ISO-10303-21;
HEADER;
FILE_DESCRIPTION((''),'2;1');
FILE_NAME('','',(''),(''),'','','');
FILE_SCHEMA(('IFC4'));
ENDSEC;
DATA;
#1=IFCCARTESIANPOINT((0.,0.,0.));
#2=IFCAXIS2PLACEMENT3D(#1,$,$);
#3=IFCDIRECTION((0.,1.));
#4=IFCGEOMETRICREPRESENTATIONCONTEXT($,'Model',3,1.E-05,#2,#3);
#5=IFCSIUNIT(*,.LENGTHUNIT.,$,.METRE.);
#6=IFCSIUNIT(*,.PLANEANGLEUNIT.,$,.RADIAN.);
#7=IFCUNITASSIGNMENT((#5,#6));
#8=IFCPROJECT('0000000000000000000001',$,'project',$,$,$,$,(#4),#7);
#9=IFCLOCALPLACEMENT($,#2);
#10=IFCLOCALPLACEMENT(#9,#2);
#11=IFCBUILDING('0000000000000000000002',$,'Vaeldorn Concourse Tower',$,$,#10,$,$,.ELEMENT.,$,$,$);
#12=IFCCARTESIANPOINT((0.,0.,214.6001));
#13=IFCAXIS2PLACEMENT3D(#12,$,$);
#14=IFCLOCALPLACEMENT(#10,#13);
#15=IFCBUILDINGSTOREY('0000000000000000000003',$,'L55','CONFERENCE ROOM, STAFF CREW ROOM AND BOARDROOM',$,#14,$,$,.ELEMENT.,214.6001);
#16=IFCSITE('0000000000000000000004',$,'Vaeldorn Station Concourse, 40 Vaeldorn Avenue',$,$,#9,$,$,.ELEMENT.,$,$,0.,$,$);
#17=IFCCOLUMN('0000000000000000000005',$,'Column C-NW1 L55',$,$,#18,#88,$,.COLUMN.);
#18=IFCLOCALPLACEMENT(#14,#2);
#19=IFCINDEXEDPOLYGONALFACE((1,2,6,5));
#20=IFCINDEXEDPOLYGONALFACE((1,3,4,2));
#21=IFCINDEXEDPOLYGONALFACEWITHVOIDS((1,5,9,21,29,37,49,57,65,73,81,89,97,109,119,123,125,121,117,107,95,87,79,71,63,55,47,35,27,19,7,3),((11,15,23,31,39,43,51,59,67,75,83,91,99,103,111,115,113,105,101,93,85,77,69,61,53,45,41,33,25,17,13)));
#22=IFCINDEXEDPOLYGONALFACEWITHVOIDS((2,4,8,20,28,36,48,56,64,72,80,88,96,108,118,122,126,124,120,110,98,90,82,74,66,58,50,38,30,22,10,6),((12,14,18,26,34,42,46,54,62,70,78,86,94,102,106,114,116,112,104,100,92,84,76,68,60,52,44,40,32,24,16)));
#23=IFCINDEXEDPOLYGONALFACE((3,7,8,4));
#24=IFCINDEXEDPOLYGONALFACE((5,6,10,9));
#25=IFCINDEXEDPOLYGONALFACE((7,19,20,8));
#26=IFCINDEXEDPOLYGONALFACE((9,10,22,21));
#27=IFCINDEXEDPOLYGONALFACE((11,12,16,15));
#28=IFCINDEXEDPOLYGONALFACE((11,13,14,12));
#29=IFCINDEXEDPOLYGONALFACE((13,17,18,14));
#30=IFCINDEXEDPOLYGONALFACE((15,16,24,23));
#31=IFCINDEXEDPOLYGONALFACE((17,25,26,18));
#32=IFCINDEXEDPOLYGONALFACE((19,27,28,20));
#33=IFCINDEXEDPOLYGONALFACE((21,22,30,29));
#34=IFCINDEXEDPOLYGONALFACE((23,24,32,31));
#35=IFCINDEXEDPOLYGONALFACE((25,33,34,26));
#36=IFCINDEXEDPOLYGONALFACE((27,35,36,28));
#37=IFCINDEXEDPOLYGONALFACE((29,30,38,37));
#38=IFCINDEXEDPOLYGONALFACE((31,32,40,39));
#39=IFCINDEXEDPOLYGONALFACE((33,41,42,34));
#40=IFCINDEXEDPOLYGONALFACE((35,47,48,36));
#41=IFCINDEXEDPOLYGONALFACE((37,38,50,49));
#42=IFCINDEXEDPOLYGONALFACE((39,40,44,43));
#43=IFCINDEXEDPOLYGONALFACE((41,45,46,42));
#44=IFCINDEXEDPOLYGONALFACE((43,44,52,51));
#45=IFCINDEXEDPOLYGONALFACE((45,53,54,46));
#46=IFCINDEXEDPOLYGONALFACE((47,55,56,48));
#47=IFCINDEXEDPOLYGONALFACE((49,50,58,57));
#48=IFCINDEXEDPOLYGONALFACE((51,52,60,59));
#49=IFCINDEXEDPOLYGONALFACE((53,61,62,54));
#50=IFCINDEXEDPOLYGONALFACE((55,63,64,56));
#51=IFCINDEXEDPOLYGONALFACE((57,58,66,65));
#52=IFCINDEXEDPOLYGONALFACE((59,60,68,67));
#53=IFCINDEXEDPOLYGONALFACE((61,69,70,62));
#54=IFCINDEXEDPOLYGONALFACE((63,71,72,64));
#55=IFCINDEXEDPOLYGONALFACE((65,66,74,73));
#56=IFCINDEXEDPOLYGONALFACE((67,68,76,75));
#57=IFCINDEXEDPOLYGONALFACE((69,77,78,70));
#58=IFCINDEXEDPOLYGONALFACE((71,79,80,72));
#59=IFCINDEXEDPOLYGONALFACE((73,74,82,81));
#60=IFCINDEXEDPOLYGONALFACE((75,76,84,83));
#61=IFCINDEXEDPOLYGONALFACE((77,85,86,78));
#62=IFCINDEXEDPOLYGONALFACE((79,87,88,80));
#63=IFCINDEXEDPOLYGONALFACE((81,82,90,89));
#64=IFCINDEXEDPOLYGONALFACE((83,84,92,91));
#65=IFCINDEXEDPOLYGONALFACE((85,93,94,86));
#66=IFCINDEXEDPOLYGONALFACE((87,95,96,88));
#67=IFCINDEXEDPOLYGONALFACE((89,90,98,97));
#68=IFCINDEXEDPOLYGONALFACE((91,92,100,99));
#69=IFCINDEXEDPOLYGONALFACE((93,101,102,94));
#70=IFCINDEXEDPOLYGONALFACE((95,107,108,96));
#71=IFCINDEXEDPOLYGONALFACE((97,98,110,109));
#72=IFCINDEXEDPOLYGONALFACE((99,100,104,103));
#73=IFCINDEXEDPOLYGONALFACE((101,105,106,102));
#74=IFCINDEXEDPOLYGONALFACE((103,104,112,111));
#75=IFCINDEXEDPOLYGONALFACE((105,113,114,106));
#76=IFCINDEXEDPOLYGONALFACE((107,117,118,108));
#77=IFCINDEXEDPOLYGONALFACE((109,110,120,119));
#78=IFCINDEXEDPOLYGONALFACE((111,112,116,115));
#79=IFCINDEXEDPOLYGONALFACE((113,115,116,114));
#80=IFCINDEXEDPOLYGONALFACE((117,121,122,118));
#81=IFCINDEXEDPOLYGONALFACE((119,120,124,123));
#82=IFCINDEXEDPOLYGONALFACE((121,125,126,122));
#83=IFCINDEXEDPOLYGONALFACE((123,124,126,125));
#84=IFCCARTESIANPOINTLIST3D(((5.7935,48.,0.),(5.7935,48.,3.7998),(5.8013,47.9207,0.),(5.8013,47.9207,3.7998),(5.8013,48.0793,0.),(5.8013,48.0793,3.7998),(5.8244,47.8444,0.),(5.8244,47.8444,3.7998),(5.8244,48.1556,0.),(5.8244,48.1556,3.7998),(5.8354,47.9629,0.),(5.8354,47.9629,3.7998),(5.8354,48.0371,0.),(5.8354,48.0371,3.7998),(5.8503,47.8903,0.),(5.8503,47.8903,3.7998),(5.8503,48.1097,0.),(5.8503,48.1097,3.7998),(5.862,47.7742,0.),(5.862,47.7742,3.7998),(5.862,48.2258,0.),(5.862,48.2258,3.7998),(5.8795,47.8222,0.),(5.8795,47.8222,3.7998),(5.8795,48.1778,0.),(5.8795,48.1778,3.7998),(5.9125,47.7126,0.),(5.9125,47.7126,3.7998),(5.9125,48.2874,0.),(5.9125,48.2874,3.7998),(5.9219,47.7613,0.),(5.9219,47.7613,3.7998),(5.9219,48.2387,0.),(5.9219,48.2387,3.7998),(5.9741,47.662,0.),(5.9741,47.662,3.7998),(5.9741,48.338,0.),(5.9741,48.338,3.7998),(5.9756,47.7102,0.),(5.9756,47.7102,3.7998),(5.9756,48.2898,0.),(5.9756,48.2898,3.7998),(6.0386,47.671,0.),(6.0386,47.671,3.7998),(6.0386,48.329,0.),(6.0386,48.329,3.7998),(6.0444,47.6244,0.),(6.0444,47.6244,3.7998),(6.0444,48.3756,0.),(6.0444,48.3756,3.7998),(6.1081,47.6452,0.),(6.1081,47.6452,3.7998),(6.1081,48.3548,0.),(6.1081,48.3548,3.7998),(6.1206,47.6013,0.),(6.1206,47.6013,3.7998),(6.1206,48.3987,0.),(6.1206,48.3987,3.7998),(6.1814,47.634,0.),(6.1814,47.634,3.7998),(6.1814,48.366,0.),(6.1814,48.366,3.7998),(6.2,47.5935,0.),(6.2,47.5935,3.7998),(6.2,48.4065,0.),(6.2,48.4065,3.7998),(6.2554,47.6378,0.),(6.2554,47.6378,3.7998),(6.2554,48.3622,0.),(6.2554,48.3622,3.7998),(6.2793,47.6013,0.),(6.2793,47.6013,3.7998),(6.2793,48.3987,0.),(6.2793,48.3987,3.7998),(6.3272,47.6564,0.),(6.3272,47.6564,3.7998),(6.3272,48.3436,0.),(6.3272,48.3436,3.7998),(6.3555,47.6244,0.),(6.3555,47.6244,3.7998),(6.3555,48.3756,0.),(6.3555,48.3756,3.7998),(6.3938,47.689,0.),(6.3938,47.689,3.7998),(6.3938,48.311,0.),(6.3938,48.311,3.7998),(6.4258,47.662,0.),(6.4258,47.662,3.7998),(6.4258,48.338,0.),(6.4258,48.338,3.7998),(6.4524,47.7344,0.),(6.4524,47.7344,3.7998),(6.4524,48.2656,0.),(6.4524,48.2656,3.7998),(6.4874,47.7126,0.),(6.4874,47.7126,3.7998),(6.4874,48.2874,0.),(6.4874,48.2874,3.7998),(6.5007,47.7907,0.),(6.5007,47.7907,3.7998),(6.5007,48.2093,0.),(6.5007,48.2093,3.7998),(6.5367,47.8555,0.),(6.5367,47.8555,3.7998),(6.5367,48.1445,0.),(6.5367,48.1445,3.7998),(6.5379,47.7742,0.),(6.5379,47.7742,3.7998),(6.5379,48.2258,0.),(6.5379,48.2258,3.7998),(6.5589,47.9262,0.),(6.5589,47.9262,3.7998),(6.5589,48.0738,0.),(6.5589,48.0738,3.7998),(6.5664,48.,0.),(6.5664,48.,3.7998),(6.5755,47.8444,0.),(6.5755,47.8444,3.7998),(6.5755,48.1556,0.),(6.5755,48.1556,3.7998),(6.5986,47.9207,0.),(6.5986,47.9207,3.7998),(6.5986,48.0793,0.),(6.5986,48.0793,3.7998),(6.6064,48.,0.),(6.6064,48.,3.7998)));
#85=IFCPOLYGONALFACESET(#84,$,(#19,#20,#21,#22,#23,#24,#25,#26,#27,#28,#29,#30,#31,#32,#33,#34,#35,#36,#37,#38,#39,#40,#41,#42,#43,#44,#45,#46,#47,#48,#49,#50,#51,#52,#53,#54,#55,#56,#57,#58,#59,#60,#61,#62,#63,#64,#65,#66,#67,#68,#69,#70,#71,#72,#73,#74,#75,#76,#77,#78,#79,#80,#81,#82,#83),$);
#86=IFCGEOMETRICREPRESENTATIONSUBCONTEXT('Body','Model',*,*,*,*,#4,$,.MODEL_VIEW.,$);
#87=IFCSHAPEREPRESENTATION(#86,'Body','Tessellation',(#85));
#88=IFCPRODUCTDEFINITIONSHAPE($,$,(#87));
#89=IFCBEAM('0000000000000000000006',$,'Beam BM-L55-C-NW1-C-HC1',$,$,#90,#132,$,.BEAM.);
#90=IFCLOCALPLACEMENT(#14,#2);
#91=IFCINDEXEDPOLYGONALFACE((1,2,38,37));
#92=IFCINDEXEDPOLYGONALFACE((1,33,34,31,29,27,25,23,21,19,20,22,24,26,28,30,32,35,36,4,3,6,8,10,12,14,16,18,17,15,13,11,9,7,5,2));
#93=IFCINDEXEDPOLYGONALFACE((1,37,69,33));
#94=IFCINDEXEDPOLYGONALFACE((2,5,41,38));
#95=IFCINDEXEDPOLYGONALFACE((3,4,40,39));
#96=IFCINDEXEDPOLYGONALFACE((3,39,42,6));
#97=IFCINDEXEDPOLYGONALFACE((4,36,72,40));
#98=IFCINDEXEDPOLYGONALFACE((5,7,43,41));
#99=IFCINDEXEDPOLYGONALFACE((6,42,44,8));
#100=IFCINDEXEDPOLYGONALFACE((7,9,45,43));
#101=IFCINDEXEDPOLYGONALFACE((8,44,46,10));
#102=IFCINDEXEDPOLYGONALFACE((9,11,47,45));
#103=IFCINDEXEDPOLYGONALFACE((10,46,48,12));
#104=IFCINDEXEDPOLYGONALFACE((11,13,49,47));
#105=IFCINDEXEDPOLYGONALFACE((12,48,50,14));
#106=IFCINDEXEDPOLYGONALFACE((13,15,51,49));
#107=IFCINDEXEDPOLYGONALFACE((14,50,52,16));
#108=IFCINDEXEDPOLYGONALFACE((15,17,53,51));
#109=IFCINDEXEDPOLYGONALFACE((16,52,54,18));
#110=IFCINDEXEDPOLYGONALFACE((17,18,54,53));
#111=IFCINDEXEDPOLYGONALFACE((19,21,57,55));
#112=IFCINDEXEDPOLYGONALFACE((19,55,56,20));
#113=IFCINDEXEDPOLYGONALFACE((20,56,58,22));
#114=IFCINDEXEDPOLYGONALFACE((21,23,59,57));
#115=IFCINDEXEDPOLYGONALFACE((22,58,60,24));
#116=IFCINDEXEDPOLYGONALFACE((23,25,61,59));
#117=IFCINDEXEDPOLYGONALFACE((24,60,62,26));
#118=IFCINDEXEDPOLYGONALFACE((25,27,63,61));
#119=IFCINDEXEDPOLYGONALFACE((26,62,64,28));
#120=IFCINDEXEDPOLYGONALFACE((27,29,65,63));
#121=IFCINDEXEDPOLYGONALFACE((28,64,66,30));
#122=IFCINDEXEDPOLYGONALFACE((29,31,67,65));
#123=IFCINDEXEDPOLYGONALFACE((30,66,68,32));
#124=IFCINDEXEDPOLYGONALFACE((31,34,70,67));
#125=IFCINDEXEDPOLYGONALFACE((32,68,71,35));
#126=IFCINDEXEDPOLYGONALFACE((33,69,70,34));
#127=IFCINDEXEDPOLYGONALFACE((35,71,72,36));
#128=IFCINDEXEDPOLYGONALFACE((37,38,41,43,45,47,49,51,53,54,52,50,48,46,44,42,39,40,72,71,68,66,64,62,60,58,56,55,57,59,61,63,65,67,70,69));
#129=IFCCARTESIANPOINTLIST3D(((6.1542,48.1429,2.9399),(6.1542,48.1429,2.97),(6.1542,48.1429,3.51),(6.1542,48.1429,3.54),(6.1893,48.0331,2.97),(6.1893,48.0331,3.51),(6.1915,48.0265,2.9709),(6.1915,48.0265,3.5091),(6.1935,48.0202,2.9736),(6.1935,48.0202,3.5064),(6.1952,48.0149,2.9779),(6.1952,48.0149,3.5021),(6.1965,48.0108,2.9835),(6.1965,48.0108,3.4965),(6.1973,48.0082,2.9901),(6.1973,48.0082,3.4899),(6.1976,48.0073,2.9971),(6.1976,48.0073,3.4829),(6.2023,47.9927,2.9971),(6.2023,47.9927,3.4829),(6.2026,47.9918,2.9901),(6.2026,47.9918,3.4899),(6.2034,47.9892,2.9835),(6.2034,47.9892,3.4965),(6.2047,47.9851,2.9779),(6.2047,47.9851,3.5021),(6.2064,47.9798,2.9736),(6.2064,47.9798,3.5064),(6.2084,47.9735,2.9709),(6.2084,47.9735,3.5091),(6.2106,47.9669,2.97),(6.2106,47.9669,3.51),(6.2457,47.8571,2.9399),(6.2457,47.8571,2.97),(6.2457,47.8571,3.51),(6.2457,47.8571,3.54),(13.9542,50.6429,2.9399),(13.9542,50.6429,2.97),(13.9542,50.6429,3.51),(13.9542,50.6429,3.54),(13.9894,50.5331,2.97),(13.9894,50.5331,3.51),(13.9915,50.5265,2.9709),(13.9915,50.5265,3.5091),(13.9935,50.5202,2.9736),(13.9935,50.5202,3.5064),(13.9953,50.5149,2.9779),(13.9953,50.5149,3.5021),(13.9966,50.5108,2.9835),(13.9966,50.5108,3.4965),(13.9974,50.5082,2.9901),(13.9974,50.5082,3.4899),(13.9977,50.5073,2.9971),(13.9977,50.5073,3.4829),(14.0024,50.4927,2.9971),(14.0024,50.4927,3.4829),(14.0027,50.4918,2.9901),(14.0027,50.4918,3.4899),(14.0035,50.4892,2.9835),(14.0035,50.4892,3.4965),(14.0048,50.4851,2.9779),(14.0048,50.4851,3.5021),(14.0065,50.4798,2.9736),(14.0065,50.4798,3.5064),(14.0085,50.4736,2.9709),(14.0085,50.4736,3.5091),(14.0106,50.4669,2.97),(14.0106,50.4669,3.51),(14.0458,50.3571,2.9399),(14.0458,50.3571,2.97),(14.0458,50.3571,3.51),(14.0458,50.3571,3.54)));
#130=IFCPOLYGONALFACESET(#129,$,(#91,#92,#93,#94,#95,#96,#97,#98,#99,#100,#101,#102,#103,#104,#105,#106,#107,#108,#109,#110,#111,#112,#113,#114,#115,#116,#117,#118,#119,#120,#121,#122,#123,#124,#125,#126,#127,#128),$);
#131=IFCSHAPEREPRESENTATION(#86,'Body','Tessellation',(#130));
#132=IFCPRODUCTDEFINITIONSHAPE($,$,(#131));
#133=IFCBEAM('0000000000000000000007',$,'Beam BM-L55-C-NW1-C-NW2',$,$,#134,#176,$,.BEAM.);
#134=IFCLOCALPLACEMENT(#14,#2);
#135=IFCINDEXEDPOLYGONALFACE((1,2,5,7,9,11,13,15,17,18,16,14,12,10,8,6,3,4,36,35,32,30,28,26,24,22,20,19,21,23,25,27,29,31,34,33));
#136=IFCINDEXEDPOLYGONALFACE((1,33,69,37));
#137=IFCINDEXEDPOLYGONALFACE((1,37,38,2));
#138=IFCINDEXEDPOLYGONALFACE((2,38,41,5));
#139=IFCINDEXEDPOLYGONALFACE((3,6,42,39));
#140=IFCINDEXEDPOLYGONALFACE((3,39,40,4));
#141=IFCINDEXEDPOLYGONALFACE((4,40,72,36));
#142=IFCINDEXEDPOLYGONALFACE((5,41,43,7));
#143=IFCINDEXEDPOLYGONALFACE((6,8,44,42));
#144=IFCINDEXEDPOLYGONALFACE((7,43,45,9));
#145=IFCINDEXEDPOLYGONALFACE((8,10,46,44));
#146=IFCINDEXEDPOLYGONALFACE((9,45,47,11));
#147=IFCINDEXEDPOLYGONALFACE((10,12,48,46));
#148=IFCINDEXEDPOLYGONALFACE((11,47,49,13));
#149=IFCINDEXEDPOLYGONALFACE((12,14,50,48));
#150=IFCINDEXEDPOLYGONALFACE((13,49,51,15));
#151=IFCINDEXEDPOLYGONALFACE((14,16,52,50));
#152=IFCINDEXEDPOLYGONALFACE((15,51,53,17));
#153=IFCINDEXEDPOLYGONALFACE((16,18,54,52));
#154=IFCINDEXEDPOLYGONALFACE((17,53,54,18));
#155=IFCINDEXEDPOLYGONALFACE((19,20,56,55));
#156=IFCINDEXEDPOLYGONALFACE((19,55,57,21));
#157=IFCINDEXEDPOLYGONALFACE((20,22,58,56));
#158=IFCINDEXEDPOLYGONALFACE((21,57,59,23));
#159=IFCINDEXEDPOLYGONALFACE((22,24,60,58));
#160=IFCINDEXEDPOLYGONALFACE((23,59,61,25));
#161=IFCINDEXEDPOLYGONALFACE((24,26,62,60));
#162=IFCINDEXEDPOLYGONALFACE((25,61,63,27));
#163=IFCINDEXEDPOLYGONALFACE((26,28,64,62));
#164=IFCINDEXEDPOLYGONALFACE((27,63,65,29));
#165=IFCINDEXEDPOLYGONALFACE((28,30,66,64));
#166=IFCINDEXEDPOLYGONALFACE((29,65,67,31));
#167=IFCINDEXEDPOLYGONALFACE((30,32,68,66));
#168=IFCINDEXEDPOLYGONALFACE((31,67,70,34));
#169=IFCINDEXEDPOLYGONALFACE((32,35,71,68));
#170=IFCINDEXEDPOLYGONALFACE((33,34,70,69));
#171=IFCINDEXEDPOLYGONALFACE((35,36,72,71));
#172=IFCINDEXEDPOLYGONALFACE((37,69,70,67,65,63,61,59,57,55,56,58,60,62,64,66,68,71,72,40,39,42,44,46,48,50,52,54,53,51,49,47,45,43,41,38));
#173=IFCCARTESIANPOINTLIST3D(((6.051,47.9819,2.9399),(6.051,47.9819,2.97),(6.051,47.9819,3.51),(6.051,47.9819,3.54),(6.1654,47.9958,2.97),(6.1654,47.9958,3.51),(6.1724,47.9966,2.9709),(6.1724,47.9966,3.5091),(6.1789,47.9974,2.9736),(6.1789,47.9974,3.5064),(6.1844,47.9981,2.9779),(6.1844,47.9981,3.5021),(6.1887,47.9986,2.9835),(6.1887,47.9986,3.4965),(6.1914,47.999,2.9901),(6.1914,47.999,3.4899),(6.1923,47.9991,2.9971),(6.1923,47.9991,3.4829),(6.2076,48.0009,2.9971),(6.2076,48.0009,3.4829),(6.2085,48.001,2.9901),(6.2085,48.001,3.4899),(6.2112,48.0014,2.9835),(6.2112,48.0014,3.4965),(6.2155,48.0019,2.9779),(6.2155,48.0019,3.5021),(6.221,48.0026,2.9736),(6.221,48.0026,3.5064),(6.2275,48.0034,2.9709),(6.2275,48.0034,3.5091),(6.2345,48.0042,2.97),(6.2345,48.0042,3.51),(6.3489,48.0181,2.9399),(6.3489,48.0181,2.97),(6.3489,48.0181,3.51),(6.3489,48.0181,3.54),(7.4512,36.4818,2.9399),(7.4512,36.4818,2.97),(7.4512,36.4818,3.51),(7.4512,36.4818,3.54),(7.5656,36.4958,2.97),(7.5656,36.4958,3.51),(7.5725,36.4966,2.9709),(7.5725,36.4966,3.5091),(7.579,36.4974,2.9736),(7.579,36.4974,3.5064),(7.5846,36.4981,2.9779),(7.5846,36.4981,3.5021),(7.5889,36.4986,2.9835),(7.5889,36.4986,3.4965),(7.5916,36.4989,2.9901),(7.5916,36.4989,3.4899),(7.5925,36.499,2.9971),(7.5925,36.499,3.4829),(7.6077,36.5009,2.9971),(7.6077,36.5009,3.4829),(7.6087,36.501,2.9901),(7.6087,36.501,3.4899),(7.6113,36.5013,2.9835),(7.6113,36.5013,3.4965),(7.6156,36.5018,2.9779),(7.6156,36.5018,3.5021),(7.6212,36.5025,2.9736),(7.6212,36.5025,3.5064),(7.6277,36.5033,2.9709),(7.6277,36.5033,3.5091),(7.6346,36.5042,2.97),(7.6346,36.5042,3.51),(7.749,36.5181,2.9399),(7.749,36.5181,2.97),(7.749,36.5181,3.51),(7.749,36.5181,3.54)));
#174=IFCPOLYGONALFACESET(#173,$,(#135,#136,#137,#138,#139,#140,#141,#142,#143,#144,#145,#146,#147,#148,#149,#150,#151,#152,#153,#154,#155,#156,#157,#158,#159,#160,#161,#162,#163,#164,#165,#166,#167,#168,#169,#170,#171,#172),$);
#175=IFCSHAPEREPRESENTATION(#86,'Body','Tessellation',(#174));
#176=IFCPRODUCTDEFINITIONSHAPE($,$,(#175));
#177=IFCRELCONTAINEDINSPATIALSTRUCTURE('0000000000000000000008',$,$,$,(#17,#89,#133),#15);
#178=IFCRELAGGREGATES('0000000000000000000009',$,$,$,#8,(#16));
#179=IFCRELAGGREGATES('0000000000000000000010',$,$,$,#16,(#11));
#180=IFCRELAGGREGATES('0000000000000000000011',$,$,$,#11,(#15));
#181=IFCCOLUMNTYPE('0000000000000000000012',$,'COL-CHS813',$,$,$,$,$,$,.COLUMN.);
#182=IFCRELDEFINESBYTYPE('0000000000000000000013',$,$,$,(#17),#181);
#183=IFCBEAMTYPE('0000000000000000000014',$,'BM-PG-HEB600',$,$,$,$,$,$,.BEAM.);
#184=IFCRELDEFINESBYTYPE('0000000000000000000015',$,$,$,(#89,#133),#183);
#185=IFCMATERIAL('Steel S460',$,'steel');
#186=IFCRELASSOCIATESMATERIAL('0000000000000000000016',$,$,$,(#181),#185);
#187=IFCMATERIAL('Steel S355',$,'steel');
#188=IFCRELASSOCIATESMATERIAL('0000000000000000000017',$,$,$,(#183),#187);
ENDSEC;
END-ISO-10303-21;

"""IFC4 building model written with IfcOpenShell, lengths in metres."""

from ifc_helpers import new_model, si_unit, direction, frame, origin, origin_2d, place, context, subcontext, project, spatial, hollow_circle, i_section, extrude, source, transform, mapped, material, material_profile, profile_set, type_object, element, save


model = new_model("IFC4")

# Units and contexts
model_context = context("Model", 3, precision=1e-05, world=origin(), true_north=direction((0.0, 1.0)))
body_context = subcontext(model_context, "Body", "Model", "MODEL_VIEW")
ifc_project = project(units=[si_unit("LENGTHUNIT", "METRE"), si_unit("PLANEANGLEUNIT", "RADIAN")], contexts=[model_context])

# Site, building, storey
site_placement = place(None, origin())
site = spatial("IfcSite", under=ifc_project, at=site_placement, Name="Vaeldorn Station Concourse, 40 Vaeldorn Avenue", CompositionType="ELEMENT", RefElevation=0.0)
building_placement = place(site_placement, origin())
building = spatial("IfcBuilding", under=site, at=building_placement, Name="Vaeldorn Concourse Tower", CompositionType="ELEMENT")
storey_placement = place(building_placement, frame((0.0, 0.0, 214.6001)))
storey = spatial("IfcBuildingStorey", under=building, at=storey_placement, Name="L55", Description="CONFERENCE ROOM, STAFF CREW ROOM AND BOARDROOM", CompositionType="ELEMENT", Elevation=214.6001)

# Column
ifc_material_1 = material(Name="Steel S460", Category="steel")
ifc_material_profile_1 = material_profile(ifc_material_1, hollow_circle(Radius=0.4065, WallThickness=0.04, at=origin_2d()), Name="CHS 813x40")
ifc_profile_set_1 = profile_set([ifc_material_profile_1], Name="Steel S460")
column_type = type_object("IfcColumnType", Name="COL-CHS813", PredefinedType="COLUMN", material=ifc_profile_set_1)
shared_shape_1 = source(origin(), body_context, "Body", "SweptSolid", [
    extrude(hollow_circle(Radius=0.4065, WallThickness=0.04, at=origin_2d()), origin(), (0.0, 0.0, 1.0), 3.7998),
])
column_placement = place(storey_placement, frame((6.2, 48.0, 0.0), z_axis=(0.0, 0.0, 1.0), x_axis=(1.0, 0.0, 0.0)))
element("IfcColumn", 1, at=column_placement, inside=storey, type_object=column_type, Name="Column C-NW1 L55", PredefinedType="COLUMN", context=body_context, shape_type="MappedRepresentation", body=[
    mapped(shared_shape_1, transform((0.0, 0.0, 0.0), scale=1.0)),
])

# Beams
ifc_material_2 = material(Name="Steel S355", Category="steel")
ifc_material_profile_2 = material_profile(ifc_material_2, i_section(OverallWidth=0.3, OverallDepth=0.6001, WebThickness=0.0154, FlangeThickness=0.03, FilletRadius=0.0271, at=origin_2d()), Name="HEB 600")
ifc_profile_set_2 = profile_set([ifc_material_profile_2], Name="Steel S355")
beam_type_1 = type_object("IfcBeamType", Name="BM-PG-HEB600", PredefinedType="BEAM", material=ifc_profile_set_2)
shared_shape_2 = source(origin(), body_context, "Body", "SweptSolid", [
    extrude(i_section(OverallWidth=0.3, OverallDepth=0.6001, WebThickness=0.0154, FlangeThickness=0.03, FilletRadius=0.0271, at=origin_2d()), origin(), (0.0, 0.0, 1.0), 8.1909),
])
beam_1_placement = place(storey_placement, frame((6.2, 48.0, 3.24), z_axis=(0.952283, 0.305217, 0.0), x_axis=(-0.305217, 0.952283, 0.0)))
element("IfcBeam", 2, at=beam_1_placement, inside=storey, type_object=beam_type_1, Name="Beam BM-L55-C-NW1-C-HC1", PredefinedType="BEAM", context=body_context, shape_type="MappedRepresentation", body=[
    mapped(shared_shape_2, transform((0.0, 0.0, 0.0), scale=1.0)),
])
shared_shape_3 = source(origin(), body_context, "Body", "SweptSolid", [
    extrude(i_section(OverallWidth=0.3, OverallDepth=0.6001, WebThickness=0.0154, FlangeThickness=0.03, FilletRadius=0.0271, at=origin_2d()), origin(), (0.0, 0.0, 1.0), 11.585),
])
beam_2_placement = place(storey_placement, frame((6.2, 48.0, 3.24), z_axis=(0.120859, -0.99267, 0.0), x_axis=(0.99267, 0.120859, 0.0)))
element("IfcBeam", 3, at=beam_2_placement, inside=storey, type_object=beam_type_1, Name="Beam BM-L55-C-NW1-C-NW2", PredefinedType="BEAM", context=body_context, shape_type="MappedRepresentation", body=[
    mapped(shared_shape_3, transform((0.0, 0.0, 0.0), scale=1.0)),
])

save(model, "model.ifc")
